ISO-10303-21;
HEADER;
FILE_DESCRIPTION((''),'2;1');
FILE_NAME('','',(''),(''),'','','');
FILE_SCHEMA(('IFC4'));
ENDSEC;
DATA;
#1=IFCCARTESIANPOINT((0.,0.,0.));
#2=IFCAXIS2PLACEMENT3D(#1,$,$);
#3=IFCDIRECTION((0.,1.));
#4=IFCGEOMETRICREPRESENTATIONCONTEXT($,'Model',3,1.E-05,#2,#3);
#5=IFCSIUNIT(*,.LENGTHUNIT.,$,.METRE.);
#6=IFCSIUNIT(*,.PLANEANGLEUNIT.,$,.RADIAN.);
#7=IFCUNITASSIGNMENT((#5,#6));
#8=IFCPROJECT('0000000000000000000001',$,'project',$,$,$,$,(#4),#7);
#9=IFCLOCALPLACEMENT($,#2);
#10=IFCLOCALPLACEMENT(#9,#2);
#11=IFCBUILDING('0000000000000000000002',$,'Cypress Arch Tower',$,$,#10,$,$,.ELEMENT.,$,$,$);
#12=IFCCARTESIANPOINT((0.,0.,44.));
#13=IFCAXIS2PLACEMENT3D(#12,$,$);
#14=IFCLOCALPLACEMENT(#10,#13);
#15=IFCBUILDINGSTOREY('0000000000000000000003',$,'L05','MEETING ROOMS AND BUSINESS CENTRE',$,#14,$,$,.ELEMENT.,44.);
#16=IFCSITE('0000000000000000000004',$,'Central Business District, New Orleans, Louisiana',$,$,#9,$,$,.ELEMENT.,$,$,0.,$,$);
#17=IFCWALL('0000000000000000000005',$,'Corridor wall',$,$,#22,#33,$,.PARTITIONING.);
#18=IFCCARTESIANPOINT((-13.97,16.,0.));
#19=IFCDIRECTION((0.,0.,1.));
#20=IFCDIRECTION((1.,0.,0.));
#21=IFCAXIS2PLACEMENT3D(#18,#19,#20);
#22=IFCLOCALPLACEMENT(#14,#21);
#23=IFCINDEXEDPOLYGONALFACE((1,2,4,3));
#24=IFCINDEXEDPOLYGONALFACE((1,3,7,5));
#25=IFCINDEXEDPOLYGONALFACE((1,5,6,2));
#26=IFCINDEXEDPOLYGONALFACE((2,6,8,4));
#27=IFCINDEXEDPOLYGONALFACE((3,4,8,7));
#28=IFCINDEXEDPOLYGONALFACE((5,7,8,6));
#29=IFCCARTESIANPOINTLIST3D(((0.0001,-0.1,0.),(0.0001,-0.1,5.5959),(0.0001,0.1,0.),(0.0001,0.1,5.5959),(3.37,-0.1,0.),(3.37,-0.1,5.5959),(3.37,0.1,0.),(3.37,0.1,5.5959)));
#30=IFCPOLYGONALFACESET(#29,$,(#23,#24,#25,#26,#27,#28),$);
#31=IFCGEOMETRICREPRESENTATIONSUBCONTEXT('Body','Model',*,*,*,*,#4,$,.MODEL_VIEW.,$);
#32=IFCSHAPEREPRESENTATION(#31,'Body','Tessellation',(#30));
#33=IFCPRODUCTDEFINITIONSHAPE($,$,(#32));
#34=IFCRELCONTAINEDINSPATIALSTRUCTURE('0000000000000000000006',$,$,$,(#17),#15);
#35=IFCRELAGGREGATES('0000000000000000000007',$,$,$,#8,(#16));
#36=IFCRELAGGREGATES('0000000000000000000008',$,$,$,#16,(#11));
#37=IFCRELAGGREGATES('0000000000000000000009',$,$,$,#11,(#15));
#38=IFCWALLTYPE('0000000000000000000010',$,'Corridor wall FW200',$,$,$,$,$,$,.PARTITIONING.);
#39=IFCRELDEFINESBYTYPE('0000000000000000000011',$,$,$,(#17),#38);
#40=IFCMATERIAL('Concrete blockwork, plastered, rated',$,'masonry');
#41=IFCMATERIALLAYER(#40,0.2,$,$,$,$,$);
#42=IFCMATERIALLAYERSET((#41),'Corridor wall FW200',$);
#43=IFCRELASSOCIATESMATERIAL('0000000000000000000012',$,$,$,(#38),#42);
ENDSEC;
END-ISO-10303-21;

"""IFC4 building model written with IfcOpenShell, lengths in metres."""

from ifc_helpers import new_model, si_unit, direction, frame, frame_2d, origin, place, context, subcontext, project, spatial, rectangle, extrude, material, layer, layer_set, type_object, element, save


model = new_model("IFC4")

# Units and contexts
model_context = context("Model", 3, precision=1e-05, world=origin(), true_north=direction((0.0, 1.0)))
body_context = subcontext(model_context, "Body", "Model", "MODEL_VIEW")
ifc_project = project(units=[si_unit("LENGTHUNIT", "METRE"), si_unit("PLANEANGLEUNIT", "RADIAN")], contexts=[model_context])

# Site, building, storey
site_placement = place(None, origin())
site = spatial("IfcSite", under=ifc_project, at=site_placement, Name="Central Business District, New Orleans, Louisiana", CompositionType="ELEMENT", RefElevation=0.0)
building_placement = place(site_placement, origin())
building = spatial("IfcBuilding", under=site, at=building_placement, Name="Cypress Arch Tower", CompositionType="ELEMENT")
storey_placement = place(building_placement, frame((0.0, 0.0, 44.0)))
storey = spatial("IfcBuildingStorey", under=building, at=storey_placement, Name="L05", Description="MEETING ROOMS AND BUSINESS CENTRE", CompositionType="ELEMENT", Elevation=44.0)

# Shared definitions
ifc_material_1 = material(Name="Concrete blockwork, plastered, rated", Category="masonry")
ifc_layer_1 = layer(ifc_material_1, 0.2)
ifc_layer_set_1 = layer_set([ifc_layer_1], Name="Corridor wall FW200")
wall_type_1 = type_object("IfcWallType", Name="Corridor wall FW200", PredefinedType="PARTITIONING", material=ifc_layer_set_1)

# Wall
wall_1_placement = place(storey_placement, frame((-13.97, 16.0, 0.0), z_axis=(0.0, 0.0, 1.0), x_axis=(1.0, 0.0, 0.0)))
element("IfcWall", 1, at=wall_1_placement, inside=storey, type_object=wall_type_1, Name="Corridor wall", PredefinedType="PARTITIONING", context=body_context, shape_type="SweptSolid", body=[
    extrude(rectangle(XDim=3.3699, YDim=0.2, at=frame_2d((1.6851, 0.0))), origin(), (0.0, 0.0, 1.0), 5.5959),
])

save(model, "model.ifc")
